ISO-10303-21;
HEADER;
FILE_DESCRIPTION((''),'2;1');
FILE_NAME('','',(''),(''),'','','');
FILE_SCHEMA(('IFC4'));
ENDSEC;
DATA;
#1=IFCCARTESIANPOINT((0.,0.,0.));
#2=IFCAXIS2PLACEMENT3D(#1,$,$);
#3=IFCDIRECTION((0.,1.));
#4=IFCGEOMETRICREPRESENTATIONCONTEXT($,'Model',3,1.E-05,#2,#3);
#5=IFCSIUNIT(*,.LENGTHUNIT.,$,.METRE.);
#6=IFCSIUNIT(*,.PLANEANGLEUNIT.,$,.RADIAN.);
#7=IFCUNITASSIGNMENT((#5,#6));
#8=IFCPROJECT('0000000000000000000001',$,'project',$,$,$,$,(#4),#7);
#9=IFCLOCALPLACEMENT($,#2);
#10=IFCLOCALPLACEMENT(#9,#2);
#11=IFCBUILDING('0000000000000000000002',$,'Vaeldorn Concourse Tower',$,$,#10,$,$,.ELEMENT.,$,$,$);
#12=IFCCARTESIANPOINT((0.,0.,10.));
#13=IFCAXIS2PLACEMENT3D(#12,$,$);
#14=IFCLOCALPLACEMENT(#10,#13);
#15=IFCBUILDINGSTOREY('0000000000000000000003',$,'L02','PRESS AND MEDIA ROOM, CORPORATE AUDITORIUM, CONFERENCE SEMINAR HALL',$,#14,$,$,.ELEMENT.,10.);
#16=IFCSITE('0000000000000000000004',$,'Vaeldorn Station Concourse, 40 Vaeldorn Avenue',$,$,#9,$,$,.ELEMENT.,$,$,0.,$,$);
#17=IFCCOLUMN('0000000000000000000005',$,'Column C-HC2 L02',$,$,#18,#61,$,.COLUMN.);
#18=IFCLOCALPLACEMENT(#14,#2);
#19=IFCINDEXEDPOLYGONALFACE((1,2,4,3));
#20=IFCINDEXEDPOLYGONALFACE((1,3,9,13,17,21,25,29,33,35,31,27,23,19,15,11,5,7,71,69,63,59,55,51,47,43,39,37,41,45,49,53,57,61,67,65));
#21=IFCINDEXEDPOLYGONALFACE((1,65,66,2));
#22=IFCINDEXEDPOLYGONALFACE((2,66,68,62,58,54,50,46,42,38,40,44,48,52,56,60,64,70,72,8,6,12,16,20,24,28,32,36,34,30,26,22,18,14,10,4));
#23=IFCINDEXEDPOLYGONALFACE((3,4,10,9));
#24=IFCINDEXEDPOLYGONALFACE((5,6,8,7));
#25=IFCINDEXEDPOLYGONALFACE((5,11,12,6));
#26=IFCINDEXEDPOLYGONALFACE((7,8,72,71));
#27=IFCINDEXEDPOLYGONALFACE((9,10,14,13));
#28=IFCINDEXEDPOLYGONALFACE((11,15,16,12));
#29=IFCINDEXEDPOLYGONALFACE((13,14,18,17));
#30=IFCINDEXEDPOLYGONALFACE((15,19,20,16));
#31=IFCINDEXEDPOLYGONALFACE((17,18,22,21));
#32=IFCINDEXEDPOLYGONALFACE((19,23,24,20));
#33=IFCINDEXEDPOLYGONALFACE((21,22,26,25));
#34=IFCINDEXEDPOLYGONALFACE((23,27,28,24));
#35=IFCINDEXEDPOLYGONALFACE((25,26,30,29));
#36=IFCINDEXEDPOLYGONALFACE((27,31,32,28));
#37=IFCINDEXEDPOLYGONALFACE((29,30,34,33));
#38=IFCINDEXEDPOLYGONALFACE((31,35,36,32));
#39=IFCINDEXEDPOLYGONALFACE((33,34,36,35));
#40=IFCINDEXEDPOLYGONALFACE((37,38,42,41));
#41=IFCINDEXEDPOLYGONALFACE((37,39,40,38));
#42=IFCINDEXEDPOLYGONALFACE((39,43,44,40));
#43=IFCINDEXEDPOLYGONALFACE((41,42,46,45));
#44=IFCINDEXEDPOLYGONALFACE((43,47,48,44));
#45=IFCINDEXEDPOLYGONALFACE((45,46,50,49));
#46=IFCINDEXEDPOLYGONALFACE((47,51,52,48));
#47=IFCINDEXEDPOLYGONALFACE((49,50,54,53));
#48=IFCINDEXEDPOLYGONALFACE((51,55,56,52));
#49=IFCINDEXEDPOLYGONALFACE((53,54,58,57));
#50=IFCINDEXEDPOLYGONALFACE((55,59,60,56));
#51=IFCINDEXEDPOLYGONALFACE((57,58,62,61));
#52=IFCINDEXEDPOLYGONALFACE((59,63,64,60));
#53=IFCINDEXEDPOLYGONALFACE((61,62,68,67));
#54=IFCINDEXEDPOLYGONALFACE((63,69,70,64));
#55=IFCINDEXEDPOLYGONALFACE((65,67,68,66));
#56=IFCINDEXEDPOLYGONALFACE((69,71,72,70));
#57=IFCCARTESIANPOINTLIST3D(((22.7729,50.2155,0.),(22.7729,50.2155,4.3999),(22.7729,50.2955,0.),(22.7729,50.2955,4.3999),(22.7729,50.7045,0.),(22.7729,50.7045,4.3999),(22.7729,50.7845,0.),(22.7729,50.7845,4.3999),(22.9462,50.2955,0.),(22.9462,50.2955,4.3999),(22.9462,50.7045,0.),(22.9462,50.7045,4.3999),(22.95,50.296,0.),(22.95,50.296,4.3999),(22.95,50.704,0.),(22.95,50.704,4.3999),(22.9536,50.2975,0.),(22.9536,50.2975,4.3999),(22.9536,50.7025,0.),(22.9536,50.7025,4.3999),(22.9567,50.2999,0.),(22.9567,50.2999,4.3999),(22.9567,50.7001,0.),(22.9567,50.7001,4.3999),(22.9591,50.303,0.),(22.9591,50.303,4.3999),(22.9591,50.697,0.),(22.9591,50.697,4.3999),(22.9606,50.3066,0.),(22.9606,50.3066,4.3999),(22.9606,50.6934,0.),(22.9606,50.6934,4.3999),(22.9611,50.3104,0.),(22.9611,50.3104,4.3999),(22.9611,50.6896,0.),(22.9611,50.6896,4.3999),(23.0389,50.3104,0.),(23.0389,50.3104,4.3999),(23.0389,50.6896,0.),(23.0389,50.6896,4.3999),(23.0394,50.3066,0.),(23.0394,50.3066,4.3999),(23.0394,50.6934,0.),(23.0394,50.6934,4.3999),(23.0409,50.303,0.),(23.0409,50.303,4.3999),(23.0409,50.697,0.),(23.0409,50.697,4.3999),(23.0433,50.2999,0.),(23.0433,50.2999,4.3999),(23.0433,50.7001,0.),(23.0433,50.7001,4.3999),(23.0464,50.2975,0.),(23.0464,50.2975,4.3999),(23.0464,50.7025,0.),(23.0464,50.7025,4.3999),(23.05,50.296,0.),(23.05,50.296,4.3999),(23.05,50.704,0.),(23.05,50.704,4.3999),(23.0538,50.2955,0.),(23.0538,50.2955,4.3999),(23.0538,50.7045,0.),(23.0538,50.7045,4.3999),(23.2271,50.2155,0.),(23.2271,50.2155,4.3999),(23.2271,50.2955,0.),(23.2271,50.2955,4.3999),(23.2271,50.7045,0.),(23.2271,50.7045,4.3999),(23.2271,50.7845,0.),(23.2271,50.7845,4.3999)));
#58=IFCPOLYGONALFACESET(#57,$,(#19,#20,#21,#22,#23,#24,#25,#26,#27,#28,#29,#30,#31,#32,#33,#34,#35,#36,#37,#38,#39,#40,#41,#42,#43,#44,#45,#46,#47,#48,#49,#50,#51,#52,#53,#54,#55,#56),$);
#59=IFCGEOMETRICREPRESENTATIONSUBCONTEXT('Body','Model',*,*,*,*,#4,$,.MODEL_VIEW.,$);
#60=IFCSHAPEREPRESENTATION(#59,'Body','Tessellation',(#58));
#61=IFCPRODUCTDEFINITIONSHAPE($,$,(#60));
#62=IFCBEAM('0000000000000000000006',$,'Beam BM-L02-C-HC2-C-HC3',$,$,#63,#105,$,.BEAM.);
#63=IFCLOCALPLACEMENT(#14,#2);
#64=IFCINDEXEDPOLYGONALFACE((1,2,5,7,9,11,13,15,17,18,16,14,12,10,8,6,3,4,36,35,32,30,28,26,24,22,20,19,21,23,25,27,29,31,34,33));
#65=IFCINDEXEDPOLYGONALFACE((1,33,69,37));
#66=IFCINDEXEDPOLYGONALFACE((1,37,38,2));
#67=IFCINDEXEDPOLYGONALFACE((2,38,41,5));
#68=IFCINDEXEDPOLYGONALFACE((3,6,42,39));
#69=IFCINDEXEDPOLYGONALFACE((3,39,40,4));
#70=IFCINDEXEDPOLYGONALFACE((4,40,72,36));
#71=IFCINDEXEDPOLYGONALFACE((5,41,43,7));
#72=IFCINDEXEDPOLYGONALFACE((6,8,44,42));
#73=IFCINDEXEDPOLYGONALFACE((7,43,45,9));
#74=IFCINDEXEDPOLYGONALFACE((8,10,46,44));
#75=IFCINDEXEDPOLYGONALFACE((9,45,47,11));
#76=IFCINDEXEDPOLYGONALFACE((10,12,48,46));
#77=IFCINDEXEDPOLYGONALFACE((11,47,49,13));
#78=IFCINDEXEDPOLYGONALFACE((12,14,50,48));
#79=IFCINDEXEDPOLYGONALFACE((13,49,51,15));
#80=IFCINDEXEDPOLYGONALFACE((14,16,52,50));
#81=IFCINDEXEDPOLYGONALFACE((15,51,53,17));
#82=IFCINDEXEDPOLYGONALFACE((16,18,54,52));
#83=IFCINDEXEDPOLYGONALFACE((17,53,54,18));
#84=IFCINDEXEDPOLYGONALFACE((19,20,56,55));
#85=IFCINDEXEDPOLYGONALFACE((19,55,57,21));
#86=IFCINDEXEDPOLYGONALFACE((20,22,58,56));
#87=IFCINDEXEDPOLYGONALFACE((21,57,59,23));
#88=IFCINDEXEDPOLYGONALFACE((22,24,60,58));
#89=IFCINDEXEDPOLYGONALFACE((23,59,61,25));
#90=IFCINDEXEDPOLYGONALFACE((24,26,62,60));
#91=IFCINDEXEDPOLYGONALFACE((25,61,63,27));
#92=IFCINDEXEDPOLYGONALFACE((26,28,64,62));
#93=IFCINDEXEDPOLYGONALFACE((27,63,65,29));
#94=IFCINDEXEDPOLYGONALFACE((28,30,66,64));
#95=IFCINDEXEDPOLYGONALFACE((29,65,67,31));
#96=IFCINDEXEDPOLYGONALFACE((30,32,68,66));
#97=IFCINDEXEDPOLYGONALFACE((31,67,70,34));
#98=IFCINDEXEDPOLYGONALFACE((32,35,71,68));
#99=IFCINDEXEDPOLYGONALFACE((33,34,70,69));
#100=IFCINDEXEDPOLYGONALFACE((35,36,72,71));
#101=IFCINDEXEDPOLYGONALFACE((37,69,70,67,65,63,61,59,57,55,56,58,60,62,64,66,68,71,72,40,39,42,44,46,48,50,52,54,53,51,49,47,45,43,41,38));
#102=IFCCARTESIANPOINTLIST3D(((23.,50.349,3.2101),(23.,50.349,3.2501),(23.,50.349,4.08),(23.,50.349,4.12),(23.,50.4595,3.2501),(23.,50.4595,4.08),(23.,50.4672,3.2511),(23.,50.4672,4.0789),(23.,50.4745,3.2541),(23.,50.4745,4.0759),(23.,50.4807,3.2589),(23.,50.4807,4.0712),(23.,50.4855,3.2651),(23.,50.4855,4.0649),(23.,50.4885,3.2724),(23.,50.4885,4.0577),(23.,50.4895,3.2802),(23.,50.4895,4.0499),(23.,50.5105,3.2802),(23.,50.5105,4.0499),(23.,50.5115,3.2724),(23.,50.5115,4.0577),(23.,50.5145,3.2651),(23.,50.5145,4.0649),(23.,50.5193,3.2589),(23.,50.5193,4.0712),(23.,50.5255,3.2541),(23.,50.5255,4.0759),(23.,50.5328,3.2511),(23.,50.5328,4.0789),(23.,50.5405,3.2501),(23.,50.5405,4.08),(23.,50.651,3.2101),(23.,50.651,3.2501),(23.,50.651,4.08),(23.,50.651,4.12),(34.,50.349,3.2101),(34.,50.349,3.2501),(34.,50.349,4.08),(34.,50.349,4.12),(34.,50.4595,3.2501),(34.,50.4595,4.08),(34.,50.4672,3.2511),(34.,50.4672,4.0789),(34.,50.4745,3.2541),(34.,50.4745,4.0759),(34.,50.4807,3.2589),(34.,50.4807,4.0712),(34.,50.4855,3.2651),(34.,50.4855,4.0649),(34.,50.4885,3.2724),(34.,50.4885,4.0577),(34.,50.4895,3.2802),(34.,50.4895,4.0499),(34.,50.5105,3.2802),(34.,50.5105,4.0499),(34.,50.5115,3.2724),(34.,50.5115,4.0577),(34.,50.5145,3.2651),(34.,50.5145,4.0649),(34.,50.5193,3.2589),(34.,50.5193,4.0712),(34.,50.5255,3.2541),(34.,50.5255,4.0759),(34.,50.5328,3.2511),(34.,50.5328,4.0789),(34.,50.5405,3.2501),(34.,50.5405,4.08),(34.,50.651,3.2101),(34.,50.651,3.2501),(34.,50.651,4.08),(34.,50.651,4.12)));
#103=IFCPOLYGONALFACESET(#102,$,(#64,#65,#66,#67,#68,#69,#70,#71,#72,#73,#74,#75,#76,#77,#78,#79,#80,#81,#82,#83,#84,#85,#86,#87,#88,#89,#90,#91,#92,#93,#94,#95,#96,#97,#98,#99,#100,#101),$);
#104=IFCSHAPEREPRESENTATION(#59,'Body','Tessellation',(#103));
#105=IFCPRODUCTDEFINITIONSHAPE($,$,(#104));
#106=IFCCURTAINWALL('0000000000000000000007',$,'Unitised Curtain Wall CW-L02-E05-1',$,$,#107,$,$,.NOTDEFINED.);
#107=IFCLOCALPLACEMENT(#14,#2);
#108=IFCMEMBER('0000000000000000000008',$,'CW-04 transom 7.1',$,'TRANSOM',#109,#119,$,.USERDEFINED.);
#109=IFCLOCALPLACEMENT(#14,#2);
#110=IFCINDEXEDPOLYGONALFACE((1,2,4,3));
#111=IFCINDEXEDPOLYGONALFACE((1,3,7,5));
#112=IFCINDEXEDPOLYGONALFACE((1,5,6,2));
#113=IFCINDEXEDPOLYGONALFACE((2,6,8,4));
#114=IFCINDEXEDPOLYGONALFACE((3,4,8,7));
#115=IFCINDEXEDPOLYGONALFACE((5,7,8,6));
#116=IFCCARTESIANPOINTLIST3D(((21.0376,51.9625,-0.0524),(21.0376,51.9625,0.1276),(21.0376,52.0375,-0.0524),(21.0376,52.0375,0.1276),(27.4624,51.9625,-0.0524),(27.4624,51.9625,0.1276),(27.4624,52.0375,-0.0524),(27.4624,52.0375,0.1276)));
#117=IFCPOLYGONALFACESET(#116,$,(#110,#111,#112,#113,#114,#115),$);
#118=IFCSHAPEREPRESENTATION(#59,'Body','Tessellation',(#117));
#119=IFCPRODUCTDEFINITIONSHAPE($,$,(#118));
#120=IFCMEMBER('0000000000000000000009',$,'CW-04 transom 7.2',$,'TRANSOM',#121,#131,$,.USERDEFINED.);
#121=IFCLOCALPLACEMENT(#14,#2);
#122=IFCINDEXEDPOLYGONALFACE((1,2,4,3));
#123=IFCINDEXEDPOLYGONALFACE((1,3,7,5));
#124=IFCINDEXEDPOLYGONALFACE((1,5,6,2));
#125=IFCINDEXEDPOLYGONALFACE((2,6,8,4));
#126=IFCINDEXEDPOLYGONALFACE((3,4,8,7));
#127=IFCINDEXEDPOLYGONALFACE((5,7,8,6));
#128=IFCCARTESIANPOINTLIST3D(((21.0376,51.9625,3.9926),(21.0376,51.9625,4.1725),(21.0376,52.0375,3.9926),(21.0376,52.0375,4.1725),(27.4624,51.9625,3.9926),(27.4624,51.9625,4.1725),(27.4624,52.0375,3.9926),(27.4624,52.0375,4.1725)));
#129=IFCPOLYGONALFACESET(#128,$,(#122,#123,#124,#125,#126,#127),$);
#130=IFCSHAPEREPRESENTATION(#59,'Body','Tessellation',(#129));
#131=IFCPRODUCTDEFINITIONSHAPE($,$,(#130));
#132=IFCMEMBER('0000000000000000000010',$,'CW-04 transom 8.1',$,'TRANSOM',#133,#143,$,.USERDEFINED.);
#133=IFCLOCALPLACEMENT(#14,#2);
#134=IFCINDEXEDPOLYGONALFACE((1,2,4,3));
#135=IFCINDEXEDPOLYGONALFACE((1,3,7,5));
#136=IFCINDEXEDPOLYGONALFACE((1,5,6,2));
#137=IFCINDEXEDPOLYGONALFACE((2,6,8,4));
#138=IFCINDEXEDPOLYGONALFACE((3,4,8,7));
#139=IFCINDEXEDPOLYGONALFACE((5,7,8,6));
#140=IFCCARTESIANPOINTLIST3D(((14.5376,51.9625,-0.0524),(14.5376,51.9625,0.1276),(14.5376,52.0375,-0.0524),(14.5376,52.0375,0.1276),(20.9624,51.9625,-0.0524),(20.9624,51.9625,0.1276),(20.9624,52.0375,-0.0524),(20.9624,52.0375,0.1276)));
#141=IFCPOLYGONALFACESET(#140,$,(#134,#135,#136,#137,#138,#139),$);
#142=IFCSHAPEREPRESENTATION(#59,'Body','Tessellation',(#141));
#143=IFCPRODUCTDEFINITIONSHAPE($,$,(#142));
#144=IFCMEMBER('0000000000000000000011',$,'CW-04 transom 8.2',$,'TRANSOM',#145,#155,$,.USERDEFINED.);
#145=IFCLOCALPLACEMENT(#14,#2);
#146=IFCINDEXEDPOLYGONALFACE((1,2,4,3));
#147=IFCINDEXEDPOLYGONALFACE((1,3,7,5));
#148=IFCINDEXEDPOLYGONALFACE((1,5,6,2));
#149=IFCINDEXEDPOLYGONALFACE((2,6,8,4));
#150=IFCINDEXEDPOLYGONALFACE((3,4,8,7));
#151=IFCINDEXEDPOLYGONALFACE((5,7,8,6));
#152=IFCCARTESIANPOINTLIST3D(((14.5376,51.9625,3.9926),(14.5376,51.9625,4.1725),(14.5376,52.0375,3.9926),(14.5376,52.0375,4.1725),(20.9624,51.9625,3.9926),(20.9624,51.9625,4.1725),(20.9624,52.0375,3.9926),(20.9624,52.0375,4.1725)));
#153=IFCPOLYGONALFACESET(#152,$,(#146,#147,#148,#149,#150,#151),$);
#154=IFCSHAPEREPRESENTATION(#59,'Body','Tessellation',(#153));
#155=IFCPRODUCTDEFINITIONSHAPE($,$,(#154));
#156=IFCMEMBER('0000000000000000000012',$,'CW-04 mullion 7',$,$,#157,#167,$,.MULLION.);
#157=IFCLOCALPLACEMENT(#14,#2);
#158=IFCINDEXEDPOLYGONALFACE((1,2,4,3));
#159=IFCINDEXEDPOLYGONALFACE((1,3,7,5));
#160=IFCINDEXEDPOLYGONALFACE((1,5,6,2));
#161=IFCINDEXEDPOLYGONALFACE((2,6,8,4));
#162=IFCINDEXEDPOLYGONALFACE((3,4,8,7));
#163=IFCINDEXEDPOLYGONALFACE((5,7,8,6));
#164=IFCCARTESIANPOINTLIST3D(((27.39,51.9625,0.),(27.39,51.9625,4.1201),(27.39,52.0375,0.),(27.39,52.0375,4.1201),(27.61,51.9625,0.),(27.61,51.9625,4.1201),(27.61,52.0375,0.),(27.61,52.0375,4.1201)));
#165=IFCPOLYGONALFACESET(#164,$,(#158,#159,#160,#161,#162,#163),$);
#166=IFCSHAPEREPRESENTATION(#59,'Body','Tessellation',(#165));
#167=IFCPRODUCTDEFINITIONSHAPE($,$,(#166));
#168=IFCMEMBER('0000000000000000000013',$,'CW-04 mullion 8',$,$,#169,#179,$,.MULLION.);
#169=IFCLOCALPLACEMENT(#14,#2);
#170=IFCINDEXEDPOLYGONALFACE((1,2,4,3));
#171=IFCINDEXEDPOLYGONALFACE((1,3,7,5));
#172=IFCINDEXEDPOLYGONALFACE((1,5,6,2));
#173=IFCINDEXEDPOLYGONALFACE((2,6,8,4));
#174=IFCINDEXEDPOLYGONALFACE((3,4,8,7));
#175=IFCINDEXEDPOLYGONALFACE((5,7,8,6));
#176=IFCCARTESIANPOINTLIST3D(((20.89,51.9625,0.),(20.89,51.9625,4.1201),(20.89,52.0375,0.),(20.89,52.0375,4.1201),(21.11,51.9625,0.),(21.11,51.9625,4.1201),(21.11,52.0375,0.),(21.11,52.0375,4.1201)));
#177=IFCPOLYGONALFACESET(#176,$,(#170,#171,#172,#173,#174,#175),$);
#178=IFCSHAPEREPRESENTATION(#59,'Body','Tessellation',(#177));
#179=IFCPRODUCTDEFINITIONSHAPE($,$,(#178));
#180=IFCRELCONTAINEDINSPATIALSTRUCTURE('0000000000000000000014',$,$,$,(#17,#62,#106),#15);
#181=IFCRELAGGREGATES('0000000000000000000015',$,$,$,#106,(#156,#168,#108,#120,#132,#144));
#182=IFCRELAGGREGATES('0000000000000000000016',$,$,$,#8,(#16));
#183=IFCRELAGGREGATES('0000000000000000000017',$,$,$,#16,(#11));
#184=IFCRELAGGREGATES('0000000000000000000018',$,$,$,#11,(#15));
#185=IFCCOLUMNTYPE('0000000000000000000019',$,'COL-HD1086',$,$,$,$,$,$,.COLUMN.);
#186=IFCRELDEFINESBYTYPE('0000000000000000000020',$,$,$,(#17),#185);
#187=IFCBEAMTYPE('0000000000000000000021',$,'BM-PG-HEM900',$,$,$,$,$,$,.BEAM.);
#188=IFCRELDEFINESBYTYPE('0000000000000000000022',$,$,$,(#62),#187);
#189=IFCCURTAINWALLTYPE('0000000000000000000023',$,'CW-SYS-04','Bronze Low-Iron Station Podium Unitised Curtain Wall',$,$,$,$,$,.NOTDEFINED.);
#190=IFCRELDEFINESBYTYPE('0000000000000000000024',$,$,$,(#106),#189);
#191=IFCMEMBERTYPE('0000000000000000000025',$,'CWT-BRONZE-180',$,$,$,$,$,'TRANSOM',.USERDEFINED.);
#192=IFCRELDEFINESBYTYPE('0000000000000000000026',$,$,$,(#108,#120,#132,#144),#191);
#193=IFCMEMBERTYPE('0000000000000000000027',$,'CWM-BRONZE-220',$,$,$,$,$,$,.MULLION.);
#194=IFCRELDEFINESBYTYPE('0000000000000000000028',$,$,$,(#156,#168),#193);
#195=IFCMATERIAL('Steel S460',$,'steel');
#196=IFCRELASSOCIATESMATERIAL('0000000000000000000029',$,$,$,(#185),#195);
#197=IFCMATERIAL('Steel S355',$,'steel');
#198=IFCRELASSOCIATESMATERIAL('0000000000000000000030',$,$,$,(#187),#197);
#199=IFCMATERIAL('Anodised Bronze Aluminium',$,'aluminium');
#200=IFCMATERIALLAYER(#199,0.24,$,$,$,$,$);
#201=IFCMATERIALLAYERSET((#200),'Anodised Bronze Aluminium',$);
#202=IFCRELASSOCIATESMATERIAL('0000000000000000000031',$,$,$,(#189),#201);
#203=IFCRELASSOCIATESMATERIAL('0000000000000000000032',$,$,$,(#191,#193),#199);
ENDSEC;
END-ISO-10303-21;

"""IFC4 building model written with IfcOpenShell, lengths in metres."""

from ifc_helpers import new_model, si_unit, direction, frame, origin, origin_2d, place, context, subcontext, project, spatial, rectangle, i_section, extrude, source, transform, mapped, material, layer, layer_set, material_profile, profile_set, type_object, element, aggregate, save


model = new_model("IFC4")

# Units and contexts
model_context = context("Model", 3, precision=1e-05, world=origin(), true_north=direction((0.0, 1.0)))
body_context = subcontext(model_context, "Body", "Model", "MODEL_VIEW")
ifc_project = project(units=[si_unit("LENGTHUNIT", "METRE"), si_unit("PLANEANGLEUNIT", "RADIAN")], contexts=[model_context])

# Site, building, storey
site_placement = place(None, origin())
site = spatial("IfcSite", under=ifc_project, at=site_placement, Name="Vaeldorn Station Concourse, 40 Vaeldorn Avenue", CompositionType="ELEMENT", RefElevation=0.0)
building_placement = place(site_placement, origin())
building = spatial("IfcBuilding", under=site, at=building_placement, Name="Vaeldorn Concourse Tower", CompositionType="ELEMENT")
storey_placement = place(building_placement, frame((0.0, 0.0, 10.0)))
storey = spatial("IfcBuildingStorey", under=building, at=storey_placement, Name="L02", Description="PRESS AND MEDIA ROOM, CORPORATE AUDITORIUM, CONFERENCE SEMINAR HALL", CompositionType="ELEMENT", Elevation=10.0)

# Column
ifc_material_1 = material(Name="Steel S460", Category="steel")
ifc_material_profile_1 = material_profile(ifc_material_1, i_section(OverallWidth=0.4541, OverallDepth=0.5691, WebThickness=0.0779, FlangeThickness=0.0801, FilletRadius=0.0149, at=origin_2d()), Name="HD 400x1086")
ifc_profile_set_1 = profile_set([ifc_material_profile_1], Name="Steel S460")
column_type = type_object("IfcColumnType", Name="COL-HD1086", PredefinedType="COLUMN", material=ifc_profile_set_1)
shared_shape_1 = source(origin(), body_context, "Body", "SweptSolid", [
    extrude(i_section(OverallWidth=0.4541, OverallDepth=0.5691, WebThickness=0.0779, FlangeThickness=0.0801, FilletRadius=0.0149, at=origin_2d()), origin(), (0.0, 0.0, 1.0), 4.3999),
])
column_placement = place(storey_placement, frame((23.0, 50.5, 0.0), z_axis=(0.0, 0.0, 1.0), x_axis=(1.0, 0.0, 0.0)))
element("IfcColumn", 1, at=column_placement, inside=storey, type_object=column_type, Name="Column C-HC2 L02", PredefinedType="COLUMN", context=body_context, shape_type="MappedRepresentation", body=[
    mapped(shared_shape_1, transform((0.0, 0.0, 0.0), scale=1.0)),
])

# Beam
ifc_material_2 = material(Name="Steel S355", Category="steel")
ifc_material_profile_2 = material_profile(ifc_material_2, i_section(OverallWidth=0.302, OverallDepth=0.9099, WebThickness=0.021, FlangeThickness=0.04, FilletRadius=0.03, at=origin_2d()), Name="HEM 900")
ifc_profile_set_2 = profile_set([ifc_material_profile_2], Name="Steel S355")
beam_type = type_object("IfcBeamType", Name="BM-PG-HEM900", PredefinedType="BEAM", material=ifc_profile_set_2)
shared_shape_2 = source(origin(), body_context, "Body", "SweptSolid", [
    extrude(i_section(OverallWidth=0.302, OverallDepth=0.9099, WebThickness=0.021, FlangeThickness=0.04, FilletRadius=0.03, at=origin_2d()), origin(), (0.0, 0.0, 1.0), 11.0),
])
beam_placement = place(storey_placement, frame((23.0, 50.5, 3.665), z_axis=(1.0, 0.0, 0.0), x_axis=(0.0, 1.0, 0.0)))
element("IfcBeam", 2, at=beam_placement, inside=storey, type_object=beam_type, Name="Beam BM-L02-C-HC2-C-HC3", PredefinedType="BEAM", context=body_context, shape_type="MappedRepresentation", body=[
    mapped(shared_shape_2, transform((0.0, 0.0, 0.0), scale=1.0)),
])

# Curtain wall, members
ifc_material_3 = material(Name="Anodised Bronze Aluminium", Category="aluminium")
ifc_layer_1 = layer(ifc_material_3, 0.24)
ifc_layer_set_1 = layer_set([ifc_layer_1], Name="Anodised Bronze Aluminium")
curtain_wall_type = type_object("IfcCurtainWallType", Name="CW-SYS-04", Description="Bronze Low-Iron Station Podium Unitised Curtain Wall", PredefinedType="NOTDEFINED", material=ifc_layer_set_1)
curtain_wall_placement = place(storey_placement, origin())
curtain_wall = element("IfcCurtainWall", 3, at=curtain_wall_placement, inside=storey, type_object=curtain_wall_type, Name="Unitised Curtain Wall CW-L02-E05-1", PredefinedType="NOTDEFINED")
ifc_material_profile_3 = material_profile(ifc_material_3, rectangle(XDim=0.075, YDim=0.1799, at=origin_2d()), Name="CWT 75x180")
ifc_profile_set_3 = profile_set([ifc_material_profile_3], Name="Anodised Bronze Aluminium")
member_type_1 = type_object("IfcMemberType", Name="CWT-BRONZE-180", ElementType="TRANSOM", PredefinedType="USERDEFINED", material=ifc_profile_set_3)
shared_shape_3 = source(origin(), body_context, "Body", "SweptSolid", [
    extrude(rectangle(XDim=0.075, YDim=0.1799, at=origin_2d()), origin(), (0.0, 0.0, 1.0), 6.4248),
])
member_1_placement = place(storey_placement, frame((27.4624, 52.0, 0.0376), z_axis=(-1.0, 0.0, 0.0), x_axis=(0.0, -1.0, 0.0)))
member_1 = element("IfcMember", 4, at=member_1_placement, type_object=member_type_1, Name="CW-04 transom 7.1", ObjectType="TRANSOM", PredefinedType="USERDEFINED", context=body_context, shape_type="MappedRepresentation", body=[
    mapped(shared_shape_3, transform((0.0, 0.0, 0.0), scale=1.0)),
])
member_2_placement = place(storey_placement, frame((27.4624, 52.0, 4.0825), z_axis=(-1.0, 0.0, 0.0), x_axis=(0.0, -1.0, 0.0)))
member_2 = element("IfcMember", 5, at=member_2_placement, type_object=member_type_1, Name="CW-04 transom 7.2", ObjectType="TRANSOM", PredefinedType="USERDEFINED", context=body_context, shape_type="MappedRepresentation", body=[
    mapped(shared_shape_3, transform((0.0, 0.0, 0.0), scale=1.0)),
])
member_3_placement = place(storey_placement, frame((20.9624, 52.0, 0.0376), z_axis=(-1.0, 0.0, 0.0), x_axis=(0.0, -1.0, 0.0)))
member_3 = element("IfcMember", 6, at=member_3_placement, type_object=member_type_1, Name="CW-04 transom 8.1", ObjectType="TRANSOM", PredefinedType="USERDEFINED", context=body_context, shape_type="MappedRepresentation", body=[
    mapped(shared_shape_3, transform((0.0, 0.0, 0.0), scale=1.0)),
])
member_4_placement = place(storey_placement, frame((20.9624, 52.0, 4.0825), z_axis=(-1.0, 0.0, 0.0), x_axis=(0.0, -1.0, 0.0)))
member_4 = element("IfcMember", 7, at=member_4_placement, type_object=member_type_1, Name="CW-04 transom 8.2", ObjectType="TRANSOM", PredefinedType="USERDEFINED", context=body_context, shape_type="MappedRepresentation", body=[
    mapped(shared_shape_3, transform((0.0, 0.0, 0.0), scale=1.0)),
])
ifc_material_profile_4 = material_profile(ifc_material_3, rectangle(XDim=0.075, YDim=0.22, at=origin_2d()), Name="CWM 75x220")
ifc_profile_set_4 = profile_set([ifc_material_profile_4], Name="Anodised Bronze Aluminium")
member_type_2 = type_object("IfcMemberType", Name="CWM-BRONZE-220", PredefinedType="MULLION", material=ifc_profile_set_4)
shared_shape_4 = source(origin(), body_context, "Body", "SweptSolid", [
    extrude(rectangle(XDim=0.075, YDim=0.22, at=origin_2d()), origin(), (0.0, 0.0, 1.0), 4.1201),
])
member_5_placement = place(storey_placement, frame((27.5, 52.0, 0.0), z_axis=(0.0, 0.0, 1.0), x_axis=(0.0, -1.0, 0.0)))
member_5 = element("IfcMember", 8, at=member_5_placement, type_object=member_type_2, Name="CW-04 mullion 7", PredefinedType="MULLION", context=body_context, shape_type="MappedRepresentation", body=[
    mapped(shared_shape_4, transform((0.0, 0.0, 0.0), scale=1.0)),
])
member_6_placement = place(storey_placement, frame((21.0, 52.0, 0.0), z_axis=(0.0, 0.0, 1.0), x_axis=(0.0, -1.0, 0.0)))
member_6 = element("IfcMember", 9, at=member_6_placement, type_object=member_type_2, Name="CW-04 mullion 8", PredefinedType="MULLION", context=body_context, shape_type="MappedRepresentation", body=[
    mapped(shared_shape_4, transform((0.0, 0.0, 0.0), scale=1.0)),
])
aggregate(curtain_wall, [member_5, member_6, member_1, member_2, member_3, member_4])

save(model, "model.ifc")
